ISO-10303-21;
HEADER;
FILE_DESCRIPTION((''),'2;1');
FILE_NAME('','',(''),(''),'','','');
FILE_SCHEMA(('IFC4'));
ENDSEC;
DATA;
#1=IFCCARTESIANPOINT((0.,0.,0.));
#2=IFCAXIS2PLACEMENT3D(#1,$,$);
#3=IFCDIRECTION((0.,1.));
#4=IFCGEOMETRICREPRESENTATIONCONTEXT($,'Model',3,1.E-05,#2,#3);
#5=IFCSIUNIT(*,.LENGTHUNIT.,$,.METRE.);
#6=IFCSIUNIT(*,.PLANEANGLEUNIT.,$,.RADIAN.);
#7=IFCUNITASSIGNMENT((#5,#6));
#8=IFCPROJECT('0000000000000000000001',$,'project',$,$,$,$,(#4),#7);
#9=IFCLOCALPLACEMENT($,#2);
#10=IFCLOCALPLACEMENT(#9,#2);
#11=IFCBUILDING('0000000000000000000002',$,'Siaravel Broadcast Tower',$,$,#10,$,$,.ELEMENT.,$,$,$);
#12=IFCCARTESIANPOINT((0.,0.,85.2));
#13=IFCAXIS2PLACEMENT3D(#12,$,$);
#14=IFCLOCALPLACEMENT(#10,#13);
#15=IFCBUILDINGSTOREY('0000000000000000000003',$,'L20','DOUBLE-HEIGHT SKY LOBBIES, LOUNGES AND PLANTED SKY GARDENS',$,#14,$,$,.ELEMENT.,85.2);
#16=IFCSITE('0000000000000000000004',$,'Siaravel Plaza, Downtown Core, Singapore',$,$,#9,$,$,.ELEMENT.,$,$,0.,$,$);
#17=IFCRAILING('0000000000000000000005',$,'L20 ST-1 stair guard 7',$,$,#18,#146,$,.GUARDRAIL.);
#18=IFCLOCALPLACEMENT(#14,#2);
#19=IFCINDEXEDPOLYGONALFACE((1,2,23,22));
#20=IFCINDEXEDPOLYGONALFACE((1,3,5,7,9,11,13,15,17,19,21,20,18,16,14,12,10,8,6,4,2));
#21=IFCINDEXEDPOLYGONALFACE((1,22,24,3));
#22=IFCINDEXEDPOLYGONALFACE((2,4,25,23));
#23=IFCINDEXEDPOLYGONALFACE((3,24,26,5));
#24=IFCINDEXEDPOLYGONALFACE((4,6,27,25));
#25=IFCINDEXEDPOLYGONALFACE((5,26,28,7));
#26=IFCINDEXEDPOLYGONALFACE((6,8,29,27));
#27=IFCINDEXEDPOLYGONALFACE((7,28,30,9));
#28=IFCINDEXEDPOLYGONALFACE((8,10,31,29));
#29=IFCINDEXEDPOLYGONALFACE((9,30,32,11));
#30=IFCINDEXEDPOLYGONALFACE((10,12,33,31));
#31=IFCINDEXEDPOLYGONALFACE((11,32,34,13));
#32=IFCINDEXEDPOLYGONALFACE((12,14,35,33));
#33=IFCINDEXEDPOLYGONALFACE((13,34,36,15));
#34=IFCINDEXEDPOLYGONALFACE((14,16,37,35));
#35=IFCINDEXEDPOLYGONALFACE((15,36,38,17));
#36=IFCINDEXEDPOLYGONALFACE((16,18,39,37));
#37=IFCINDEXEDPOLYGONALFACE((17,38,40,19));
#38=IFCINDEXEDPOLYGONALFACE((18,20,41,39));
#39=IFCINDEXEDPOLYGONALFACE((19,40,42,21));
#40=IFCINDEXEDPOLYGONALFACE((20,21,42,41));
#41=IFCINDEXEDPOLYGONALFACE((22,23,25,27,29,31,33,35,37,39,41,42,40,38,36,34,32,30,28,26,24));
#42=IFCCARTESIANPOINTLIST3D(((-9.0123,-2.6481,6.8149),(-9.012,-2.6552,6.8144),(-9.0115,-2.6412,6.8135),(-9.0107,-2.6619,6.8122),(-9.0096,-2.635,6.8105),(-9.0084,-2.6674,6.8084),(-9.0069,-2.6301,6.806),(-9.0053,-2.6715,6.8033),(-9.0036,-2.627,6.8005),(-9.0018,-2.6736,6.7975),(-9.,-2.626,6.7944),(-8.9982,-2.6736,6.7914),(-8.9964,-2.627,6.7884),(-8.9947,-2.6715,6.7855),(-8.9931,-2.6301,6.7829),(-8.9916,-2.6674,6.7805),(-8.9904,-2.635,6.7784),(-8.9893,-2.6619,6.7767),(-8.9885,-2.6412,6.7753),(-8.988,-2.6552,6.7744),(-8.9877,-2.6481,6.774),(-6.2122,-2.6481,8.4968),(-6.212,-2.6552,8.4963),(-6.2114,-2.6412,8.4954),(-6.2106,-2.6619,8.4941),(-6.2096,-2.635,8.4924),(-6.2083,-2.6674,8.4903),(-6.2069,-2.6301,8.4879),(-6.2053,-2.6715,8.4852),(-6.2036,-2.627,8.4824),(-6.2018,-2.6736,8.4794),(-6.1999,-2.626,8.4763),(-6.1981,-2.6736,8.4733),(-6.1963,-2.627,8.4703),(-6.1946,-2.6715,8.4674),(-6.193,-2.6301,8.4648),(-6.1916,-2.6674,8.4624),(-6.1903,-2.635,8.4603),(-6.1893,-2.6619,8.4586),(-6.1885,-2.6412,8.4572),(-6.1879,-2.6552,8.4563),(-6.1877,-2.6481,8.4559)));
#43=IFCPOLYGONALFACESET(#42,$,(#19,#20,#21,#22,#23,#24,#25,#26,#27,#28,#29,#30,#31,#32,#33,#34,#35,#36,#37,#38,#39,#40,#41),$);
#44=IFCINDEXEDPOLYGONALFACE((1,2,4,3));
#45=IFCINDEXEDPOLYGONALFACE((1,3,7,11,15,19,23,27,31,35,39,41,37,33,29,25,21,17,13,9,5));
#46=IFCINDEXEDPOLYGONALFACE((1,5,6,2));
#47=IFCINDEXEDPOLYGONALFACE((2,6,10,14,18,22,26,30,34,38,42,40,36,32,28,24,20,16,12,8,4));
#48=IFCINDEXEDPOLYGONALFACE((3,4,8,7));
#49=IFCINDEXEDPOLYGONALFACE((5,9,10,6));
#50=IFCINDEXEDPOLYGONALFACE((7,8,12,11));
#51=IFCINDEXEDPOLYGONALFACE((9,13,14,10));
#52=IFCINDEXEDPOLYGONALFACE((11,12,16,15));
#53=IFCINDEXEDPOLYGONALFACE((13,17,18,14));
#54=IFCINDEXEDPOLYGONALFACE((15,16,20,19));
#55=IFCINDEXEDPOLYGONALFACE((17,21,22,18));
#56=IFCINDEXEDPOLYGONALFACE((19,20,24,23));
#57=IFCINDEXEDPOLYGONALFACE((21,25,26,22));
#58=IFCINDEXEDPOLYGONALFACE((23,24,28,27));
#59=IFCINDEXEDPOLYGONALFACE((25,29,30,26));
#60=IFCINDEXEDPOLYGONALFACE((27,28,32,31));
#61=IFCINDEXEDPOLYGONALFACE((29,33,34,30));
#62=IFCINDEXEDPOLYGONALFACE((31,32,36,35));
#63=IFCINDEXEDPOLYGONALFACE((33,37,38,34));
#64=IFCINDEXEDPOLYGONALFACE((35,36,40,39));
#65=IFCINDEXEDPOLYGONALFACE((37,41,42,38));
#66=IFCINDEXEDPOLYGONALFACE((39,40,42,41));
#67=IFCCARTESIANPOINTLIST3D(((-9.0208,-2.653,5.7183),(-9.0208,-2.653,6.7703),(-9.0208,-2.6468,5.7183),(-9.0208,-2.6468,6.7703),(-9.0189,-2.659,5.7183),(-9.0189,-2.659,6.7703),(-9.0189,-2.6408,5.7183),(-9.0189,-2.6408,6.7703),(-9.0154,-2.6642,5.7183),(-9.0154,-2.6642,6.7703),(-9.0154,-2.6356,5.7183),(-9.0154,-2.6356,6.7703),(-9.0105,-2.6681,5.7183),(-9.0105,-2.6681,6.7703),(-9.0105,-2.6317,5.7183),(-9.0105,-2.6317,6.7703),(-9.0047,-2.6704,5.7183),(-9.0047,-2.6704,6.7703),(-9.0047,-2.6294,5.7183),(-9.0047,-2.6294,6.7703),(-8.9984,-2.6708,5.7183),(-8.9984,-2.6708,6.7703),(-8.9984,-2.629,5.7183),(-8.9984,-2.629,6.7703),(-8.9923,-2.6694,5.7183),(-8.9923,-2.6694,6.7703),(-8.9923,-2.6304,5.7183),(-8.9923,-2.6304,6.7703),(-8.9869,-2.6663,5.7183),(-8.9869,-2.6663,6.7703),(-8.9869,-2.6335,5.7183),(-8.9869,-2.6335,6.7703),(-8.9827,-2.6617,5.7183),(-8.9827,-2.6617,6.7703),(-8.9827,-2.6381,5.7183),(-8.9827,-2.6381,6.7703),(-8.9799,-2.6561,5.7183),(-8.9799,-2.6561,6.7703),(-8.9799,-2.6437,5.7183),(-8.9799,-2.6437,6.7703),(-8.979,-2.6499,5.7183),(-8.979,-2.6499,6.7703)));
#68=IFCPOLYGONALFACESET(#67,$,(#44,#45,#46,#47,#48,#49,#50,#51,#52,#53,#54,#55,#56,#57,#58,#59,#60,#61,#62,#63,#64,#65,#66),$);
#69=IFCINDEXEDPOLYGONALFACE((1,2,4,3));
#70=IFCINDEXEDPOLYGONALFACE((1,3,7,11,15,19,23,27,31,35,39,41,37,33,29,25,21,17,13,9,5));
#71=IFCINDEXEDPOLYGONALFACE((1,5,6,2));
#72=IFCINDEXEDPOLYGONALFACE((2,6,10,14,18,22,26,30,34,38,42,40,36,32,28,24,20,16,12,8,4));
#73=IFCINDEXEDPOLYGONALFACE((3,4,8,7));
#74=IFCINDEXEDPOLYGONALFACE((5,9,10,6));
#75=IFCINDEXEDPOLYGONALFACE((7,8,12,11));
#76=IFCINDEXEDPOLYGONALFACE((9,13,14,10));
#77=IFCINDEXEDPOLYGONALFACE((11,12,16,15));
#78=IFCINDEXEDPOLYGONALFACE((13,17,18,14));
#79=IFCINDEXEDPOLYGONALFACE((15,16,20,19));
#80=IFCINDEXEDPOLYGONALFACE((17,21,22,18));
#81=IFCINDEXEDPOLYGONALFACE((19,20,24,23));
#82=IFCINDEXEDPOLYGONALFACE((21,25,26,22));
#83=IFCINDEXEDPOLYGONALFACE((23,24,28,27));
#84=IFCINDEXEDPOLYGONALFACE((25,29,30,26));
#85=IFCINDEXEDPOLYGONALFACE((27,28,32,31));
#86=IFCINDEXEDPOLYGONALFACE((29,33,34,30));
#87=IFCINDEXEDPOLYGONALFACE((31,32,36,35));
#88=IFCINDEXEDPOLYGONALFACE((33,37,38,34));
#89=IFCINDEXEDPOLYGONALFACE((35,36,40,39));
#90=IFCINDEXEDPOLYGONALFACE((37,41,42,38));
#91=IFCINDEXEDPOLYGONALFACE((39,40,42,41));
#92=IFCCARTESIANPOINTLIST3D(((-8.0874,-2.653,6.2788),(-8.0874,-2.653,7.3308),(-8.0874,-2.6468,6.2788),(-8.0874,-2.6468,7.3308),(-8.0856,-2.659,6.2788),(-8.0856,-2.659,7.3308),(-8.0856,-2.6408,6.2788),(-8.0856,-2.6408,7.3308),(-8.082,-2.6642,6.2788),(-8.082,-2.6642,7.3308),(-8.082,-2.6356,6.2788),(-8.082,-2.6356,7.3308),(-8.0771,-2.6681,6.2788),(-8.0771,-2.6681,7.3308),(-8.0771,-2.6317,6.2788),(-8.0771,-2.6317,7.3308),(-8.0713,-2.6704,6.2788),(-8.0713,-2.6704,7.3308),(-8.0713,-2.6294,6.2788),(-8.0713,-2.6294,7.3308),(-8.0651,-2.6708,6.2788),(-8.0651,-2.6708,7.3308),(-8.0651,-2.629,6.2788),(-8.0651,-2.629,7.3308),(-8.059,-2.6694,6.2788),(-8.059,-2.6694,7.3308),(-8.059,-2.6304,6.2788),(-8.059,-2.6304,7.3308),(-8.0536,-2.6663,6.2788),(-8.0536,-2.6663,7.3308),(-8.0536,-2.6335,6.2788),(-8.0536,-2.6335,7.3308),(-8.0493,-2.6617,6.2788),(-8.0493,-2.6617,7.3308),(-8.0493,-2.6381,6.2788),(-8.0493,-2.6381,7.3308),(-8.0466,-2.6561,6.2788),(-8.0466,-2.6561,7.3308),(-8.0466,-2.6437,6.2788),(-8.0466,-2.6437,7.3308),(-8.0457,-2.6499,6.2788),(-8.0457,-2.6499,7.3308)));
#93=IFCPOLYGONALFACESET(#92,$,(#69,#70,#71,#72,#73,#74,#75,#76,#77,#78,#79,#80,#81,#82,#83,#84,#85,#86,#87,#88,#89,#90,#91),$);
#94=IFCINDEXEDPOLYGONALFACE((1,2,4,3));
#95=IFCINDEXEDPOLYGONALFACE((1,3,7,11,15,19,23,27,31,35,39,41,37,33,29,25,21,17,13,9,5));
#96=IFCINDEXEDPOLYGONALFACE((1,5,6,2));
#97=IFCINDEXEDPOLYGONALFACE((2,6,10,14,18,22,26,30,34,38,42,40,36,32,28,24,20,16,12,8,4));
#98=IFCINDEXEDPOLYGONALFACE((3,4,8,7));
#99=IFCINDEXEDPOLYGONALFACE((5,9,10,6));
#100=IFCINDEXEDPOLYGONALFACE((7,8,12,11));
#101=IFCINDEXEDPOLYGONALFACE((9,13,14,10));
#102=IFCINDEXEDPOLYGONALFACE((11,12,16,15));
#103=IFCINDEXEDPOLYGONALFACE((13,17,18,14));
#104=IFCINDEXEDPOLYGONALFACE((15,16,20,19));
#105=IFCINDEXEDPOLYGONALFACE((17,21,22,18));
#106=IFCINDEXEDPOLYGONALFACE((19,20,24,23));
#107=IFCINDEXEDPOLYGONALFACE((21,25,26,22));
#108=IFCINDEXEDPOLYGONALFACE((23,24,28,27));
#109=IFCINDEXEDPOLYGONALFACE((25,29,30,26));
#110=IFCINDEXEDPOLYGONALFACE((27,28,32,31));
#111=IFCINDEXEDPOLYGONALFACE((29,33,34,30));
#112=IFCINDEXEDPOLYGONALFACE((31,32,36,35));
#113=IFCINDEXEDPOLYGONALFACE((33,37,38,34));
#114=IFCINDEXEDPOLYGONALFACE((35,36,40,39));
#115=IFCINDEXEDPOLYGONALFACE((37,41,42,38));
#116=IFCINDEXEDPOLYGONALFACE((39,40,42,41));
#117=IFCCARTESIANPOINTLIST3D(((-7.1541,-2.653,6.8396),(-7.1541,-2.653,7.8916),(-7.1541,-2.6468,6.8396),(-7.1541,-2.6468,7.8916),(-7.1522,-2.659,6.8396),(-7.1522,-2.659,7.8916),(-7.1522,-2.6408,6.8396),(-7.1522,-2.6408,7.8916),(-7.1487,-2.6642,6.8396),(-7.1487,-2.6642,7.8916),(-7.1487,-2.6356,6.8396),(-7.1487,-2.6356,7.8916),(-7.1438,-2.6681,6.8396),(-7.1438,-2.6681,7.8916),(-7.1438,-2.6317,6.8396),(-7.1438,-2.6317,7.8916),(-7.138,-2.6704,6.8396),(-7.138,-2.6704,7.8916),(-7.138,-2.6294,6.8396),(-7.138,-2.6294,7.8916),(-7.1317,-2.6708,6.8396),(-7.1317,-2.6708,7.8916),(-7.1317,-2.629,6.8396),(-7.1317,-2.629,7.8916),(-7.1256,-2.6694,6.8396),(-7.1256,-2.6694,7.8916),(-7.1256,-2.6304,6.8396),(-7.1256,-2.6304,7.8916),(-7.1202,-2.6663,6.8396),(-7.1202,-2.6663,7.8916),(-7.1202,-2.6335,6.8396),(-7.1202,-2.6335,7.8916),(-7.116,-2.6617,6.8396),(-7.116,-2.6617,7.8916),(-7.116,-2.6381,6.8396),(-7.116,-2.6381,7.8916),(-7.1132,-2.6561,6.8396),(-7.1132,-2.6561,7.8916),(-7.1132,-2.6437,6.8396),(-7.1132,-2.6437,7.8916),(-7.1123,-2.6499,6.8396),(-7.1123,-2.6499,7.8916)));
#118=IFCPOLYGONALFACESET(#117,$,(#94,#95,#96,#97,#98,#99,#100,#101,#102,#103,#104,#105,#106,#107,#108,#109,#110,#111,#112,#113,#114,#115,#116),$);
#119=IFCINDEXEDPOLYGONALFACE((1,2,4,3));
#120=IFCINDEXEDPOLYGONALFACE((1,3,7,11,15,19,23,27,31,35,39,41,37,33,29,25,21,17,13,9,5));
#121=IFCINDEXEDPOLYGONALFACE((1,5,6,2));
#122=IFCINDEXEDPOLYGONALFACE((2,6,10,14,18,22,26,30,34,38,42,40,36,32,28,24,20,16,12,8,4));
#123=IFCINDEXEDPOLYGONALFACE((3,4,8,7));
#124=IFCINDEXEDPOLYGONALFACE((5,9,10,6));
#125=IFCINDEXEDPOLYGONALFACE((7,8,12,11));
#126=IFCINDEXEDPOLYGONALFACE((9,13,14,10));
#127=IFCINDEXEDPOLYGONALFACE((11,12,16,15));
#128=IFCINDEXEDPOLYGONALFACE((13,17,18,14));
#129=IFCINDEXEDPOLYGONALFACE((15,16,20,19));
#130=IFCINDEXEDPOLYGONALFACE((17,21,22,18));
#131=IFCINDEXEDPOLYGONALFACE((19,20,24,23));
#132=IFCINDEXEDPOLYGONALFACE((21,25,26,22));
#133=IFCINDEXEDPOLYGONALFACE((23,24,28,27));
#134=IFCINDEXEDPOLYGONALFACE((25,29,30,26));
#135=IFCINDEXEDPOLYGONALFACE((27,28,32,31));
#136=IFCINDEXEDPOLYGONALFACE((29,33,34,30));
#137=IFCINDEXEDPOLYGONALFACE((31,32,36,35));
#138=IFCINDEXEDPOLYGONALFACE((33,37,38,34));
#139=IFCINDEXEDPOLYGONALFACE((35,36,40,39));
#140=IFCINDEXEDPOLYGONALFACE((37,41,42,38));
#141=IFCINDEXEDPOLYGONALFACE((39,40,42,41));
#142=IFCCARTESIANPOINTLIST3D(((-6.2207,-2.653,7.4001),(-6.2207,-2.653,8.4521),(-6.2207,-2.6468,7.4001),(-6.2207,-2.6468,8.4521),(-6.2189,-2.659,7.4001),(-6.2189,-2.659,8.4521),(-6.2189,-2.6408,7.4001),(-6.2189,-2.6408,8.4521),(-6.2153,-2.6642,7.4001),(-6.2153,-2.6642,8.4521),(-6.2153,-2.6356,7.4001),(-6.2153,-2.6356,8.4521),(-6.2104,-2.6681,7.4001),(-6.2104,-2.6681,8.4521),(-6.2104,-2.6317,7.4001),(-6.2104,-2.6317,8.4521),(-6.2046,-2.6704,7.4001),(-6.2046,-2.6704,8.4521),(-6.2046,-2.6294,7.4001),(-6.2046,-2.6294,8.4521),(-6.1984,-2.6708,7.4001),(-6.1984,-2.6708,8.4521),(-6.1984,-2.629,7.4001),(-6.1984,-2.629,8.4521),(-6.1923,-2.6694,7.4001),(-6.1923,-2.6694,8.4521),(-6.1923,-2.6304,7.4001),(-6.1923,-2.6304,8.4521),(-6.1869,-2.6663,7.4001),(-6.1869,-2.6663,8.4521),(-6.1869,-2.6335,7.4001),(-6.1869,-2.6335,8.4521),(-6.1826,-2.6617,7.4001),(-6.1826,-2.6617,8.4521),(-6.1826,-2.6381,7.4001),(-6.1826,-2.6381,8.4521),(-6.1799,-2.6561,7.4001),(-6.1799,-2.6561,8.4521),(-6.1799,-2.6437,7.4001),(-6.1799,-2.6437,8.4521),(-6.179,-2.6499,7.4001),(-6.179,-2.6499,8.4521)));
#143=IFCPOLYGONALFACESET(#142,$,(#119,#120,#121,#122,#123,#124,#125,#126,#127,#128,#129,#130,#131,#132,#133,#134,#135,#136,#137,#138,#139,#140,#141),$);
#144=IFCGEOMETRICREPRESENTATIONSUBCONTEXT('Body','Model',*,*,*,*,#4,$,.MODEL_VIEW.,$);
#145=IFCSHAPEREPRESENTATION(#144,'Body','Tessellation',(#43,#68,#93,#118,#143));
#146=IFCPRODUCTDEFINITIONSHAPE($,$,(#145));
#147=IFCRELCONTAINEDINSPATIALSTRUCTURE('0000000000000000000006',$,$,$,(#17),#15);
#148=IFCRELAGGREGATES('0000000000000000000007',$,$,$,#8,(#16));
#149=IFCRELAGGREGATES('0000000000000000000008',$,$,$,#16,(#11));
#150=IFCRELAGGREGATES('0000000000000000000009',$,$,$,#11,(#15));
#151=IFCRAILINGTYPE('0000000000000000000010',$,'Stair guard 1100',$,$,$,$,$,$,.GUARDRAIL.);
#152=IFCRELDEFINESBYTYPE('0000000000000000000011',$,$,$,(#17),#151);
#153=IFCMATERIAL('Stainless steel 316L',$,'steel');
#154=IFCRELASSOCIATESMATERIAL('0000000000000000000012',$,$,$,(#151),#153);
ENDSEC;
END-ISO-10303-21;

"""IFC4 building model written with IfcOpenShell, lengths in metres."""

from ifc_helpers import new_model, si_unit, direction, frame, origin, origin_2d, place, context, subcontext, project, spatial, circle, extrude, material, type_object, element, save


model = new_model("IFC4")

# Units and contexts
model_context = context("Model", 3, precision=1e-05, world=origin(), true_north=direction((0.0, 1.0)))
body_context = subcontext(model_context, "Body", "Model", "MODEL_VIEW")
ifc_project = project(units=[si_unit("LENGTHUNIT", "METRE"), si_unit("PLANEANGLEUNIT", "RADIAN")], contexts=[model_context])

# Site, building, storey
site_placement = place(None, origin())
site = spatial("IfcSite", under=ifc_project, at=site_placement, Name="Siaravel Plaza, Downtown Core, Singapore", CompositionType="ELEMENT", RefElevation=0.0)
building_placement = place(site_placement, origin())
building = spatial("IfcBuilding", under=site, at=building_placement, Name="Siaravel Broadcast Tower", CompositionType="ELEMENT")
storey_placement = place(building_placement, frame((0.0, 0.0, 85.2)))
storey = spatial("IfcBuildingStorey", under=building, at=storey_placement, Name="L20", Description="DOUBLE-HEIGHT SKY LOBBIES, LOUNGES AND PLANTED SKY GARDENS", CompositionType="ELEMENT", Elevation=85.2)

# Railing
ifc_material_1 = material(Name="Stainless steel 316L", Category="steel")
railing_type_1 = type_object("IfcRailingType", Name="Stair guard 1100", PredefinedType="GUARDRAIL", material=ifc_material_1)
railing_1_placement = place(storey_placement, frame((-9.0, -2.6499, 5.7183)))
element("IfcRailing", 1, at=railing_1_placement, inside=storey, type_object=railing_type_1, Name="L20 ST-1 stair guard 7", PredefinedType="GUARDRAIL", context=body_context, shape_type="SweptSolid", body=[
    extrude(circle(Radius=0.0239, at=origin_2d()), frame((0.0, 0.0, 1.0762), z_axis=(0.857242, 0.0, 0.514913), x_axis=(0.0, 1.0, 0.0)), (0.0, 0.0, 1.0), 3.2664),
    extrude(circle(Radius=0.021, at=origin_2d()), origin(), (0.0, 0.0, 1.0), 1.052),
    extrude(circle(Radius=0.021, at=origin_2d()), frame((0.9333, 0.0, 0.5605)), (0.0, 0.0, 1.0), 1.052),
    extrude(circle(Radius=0.021, at=origin_2d()), frame((1.8667, 0.0, 1.1213)), (0.0, 0.0, 1.0), 1.052),
    extrude(circle(Radius=0.021, at=origin_2d()), frame((2.8, 0.0, 1.6819)), (0.0, 0.0, 1.0), 1.052),
])

save(model, "model.ifc")
